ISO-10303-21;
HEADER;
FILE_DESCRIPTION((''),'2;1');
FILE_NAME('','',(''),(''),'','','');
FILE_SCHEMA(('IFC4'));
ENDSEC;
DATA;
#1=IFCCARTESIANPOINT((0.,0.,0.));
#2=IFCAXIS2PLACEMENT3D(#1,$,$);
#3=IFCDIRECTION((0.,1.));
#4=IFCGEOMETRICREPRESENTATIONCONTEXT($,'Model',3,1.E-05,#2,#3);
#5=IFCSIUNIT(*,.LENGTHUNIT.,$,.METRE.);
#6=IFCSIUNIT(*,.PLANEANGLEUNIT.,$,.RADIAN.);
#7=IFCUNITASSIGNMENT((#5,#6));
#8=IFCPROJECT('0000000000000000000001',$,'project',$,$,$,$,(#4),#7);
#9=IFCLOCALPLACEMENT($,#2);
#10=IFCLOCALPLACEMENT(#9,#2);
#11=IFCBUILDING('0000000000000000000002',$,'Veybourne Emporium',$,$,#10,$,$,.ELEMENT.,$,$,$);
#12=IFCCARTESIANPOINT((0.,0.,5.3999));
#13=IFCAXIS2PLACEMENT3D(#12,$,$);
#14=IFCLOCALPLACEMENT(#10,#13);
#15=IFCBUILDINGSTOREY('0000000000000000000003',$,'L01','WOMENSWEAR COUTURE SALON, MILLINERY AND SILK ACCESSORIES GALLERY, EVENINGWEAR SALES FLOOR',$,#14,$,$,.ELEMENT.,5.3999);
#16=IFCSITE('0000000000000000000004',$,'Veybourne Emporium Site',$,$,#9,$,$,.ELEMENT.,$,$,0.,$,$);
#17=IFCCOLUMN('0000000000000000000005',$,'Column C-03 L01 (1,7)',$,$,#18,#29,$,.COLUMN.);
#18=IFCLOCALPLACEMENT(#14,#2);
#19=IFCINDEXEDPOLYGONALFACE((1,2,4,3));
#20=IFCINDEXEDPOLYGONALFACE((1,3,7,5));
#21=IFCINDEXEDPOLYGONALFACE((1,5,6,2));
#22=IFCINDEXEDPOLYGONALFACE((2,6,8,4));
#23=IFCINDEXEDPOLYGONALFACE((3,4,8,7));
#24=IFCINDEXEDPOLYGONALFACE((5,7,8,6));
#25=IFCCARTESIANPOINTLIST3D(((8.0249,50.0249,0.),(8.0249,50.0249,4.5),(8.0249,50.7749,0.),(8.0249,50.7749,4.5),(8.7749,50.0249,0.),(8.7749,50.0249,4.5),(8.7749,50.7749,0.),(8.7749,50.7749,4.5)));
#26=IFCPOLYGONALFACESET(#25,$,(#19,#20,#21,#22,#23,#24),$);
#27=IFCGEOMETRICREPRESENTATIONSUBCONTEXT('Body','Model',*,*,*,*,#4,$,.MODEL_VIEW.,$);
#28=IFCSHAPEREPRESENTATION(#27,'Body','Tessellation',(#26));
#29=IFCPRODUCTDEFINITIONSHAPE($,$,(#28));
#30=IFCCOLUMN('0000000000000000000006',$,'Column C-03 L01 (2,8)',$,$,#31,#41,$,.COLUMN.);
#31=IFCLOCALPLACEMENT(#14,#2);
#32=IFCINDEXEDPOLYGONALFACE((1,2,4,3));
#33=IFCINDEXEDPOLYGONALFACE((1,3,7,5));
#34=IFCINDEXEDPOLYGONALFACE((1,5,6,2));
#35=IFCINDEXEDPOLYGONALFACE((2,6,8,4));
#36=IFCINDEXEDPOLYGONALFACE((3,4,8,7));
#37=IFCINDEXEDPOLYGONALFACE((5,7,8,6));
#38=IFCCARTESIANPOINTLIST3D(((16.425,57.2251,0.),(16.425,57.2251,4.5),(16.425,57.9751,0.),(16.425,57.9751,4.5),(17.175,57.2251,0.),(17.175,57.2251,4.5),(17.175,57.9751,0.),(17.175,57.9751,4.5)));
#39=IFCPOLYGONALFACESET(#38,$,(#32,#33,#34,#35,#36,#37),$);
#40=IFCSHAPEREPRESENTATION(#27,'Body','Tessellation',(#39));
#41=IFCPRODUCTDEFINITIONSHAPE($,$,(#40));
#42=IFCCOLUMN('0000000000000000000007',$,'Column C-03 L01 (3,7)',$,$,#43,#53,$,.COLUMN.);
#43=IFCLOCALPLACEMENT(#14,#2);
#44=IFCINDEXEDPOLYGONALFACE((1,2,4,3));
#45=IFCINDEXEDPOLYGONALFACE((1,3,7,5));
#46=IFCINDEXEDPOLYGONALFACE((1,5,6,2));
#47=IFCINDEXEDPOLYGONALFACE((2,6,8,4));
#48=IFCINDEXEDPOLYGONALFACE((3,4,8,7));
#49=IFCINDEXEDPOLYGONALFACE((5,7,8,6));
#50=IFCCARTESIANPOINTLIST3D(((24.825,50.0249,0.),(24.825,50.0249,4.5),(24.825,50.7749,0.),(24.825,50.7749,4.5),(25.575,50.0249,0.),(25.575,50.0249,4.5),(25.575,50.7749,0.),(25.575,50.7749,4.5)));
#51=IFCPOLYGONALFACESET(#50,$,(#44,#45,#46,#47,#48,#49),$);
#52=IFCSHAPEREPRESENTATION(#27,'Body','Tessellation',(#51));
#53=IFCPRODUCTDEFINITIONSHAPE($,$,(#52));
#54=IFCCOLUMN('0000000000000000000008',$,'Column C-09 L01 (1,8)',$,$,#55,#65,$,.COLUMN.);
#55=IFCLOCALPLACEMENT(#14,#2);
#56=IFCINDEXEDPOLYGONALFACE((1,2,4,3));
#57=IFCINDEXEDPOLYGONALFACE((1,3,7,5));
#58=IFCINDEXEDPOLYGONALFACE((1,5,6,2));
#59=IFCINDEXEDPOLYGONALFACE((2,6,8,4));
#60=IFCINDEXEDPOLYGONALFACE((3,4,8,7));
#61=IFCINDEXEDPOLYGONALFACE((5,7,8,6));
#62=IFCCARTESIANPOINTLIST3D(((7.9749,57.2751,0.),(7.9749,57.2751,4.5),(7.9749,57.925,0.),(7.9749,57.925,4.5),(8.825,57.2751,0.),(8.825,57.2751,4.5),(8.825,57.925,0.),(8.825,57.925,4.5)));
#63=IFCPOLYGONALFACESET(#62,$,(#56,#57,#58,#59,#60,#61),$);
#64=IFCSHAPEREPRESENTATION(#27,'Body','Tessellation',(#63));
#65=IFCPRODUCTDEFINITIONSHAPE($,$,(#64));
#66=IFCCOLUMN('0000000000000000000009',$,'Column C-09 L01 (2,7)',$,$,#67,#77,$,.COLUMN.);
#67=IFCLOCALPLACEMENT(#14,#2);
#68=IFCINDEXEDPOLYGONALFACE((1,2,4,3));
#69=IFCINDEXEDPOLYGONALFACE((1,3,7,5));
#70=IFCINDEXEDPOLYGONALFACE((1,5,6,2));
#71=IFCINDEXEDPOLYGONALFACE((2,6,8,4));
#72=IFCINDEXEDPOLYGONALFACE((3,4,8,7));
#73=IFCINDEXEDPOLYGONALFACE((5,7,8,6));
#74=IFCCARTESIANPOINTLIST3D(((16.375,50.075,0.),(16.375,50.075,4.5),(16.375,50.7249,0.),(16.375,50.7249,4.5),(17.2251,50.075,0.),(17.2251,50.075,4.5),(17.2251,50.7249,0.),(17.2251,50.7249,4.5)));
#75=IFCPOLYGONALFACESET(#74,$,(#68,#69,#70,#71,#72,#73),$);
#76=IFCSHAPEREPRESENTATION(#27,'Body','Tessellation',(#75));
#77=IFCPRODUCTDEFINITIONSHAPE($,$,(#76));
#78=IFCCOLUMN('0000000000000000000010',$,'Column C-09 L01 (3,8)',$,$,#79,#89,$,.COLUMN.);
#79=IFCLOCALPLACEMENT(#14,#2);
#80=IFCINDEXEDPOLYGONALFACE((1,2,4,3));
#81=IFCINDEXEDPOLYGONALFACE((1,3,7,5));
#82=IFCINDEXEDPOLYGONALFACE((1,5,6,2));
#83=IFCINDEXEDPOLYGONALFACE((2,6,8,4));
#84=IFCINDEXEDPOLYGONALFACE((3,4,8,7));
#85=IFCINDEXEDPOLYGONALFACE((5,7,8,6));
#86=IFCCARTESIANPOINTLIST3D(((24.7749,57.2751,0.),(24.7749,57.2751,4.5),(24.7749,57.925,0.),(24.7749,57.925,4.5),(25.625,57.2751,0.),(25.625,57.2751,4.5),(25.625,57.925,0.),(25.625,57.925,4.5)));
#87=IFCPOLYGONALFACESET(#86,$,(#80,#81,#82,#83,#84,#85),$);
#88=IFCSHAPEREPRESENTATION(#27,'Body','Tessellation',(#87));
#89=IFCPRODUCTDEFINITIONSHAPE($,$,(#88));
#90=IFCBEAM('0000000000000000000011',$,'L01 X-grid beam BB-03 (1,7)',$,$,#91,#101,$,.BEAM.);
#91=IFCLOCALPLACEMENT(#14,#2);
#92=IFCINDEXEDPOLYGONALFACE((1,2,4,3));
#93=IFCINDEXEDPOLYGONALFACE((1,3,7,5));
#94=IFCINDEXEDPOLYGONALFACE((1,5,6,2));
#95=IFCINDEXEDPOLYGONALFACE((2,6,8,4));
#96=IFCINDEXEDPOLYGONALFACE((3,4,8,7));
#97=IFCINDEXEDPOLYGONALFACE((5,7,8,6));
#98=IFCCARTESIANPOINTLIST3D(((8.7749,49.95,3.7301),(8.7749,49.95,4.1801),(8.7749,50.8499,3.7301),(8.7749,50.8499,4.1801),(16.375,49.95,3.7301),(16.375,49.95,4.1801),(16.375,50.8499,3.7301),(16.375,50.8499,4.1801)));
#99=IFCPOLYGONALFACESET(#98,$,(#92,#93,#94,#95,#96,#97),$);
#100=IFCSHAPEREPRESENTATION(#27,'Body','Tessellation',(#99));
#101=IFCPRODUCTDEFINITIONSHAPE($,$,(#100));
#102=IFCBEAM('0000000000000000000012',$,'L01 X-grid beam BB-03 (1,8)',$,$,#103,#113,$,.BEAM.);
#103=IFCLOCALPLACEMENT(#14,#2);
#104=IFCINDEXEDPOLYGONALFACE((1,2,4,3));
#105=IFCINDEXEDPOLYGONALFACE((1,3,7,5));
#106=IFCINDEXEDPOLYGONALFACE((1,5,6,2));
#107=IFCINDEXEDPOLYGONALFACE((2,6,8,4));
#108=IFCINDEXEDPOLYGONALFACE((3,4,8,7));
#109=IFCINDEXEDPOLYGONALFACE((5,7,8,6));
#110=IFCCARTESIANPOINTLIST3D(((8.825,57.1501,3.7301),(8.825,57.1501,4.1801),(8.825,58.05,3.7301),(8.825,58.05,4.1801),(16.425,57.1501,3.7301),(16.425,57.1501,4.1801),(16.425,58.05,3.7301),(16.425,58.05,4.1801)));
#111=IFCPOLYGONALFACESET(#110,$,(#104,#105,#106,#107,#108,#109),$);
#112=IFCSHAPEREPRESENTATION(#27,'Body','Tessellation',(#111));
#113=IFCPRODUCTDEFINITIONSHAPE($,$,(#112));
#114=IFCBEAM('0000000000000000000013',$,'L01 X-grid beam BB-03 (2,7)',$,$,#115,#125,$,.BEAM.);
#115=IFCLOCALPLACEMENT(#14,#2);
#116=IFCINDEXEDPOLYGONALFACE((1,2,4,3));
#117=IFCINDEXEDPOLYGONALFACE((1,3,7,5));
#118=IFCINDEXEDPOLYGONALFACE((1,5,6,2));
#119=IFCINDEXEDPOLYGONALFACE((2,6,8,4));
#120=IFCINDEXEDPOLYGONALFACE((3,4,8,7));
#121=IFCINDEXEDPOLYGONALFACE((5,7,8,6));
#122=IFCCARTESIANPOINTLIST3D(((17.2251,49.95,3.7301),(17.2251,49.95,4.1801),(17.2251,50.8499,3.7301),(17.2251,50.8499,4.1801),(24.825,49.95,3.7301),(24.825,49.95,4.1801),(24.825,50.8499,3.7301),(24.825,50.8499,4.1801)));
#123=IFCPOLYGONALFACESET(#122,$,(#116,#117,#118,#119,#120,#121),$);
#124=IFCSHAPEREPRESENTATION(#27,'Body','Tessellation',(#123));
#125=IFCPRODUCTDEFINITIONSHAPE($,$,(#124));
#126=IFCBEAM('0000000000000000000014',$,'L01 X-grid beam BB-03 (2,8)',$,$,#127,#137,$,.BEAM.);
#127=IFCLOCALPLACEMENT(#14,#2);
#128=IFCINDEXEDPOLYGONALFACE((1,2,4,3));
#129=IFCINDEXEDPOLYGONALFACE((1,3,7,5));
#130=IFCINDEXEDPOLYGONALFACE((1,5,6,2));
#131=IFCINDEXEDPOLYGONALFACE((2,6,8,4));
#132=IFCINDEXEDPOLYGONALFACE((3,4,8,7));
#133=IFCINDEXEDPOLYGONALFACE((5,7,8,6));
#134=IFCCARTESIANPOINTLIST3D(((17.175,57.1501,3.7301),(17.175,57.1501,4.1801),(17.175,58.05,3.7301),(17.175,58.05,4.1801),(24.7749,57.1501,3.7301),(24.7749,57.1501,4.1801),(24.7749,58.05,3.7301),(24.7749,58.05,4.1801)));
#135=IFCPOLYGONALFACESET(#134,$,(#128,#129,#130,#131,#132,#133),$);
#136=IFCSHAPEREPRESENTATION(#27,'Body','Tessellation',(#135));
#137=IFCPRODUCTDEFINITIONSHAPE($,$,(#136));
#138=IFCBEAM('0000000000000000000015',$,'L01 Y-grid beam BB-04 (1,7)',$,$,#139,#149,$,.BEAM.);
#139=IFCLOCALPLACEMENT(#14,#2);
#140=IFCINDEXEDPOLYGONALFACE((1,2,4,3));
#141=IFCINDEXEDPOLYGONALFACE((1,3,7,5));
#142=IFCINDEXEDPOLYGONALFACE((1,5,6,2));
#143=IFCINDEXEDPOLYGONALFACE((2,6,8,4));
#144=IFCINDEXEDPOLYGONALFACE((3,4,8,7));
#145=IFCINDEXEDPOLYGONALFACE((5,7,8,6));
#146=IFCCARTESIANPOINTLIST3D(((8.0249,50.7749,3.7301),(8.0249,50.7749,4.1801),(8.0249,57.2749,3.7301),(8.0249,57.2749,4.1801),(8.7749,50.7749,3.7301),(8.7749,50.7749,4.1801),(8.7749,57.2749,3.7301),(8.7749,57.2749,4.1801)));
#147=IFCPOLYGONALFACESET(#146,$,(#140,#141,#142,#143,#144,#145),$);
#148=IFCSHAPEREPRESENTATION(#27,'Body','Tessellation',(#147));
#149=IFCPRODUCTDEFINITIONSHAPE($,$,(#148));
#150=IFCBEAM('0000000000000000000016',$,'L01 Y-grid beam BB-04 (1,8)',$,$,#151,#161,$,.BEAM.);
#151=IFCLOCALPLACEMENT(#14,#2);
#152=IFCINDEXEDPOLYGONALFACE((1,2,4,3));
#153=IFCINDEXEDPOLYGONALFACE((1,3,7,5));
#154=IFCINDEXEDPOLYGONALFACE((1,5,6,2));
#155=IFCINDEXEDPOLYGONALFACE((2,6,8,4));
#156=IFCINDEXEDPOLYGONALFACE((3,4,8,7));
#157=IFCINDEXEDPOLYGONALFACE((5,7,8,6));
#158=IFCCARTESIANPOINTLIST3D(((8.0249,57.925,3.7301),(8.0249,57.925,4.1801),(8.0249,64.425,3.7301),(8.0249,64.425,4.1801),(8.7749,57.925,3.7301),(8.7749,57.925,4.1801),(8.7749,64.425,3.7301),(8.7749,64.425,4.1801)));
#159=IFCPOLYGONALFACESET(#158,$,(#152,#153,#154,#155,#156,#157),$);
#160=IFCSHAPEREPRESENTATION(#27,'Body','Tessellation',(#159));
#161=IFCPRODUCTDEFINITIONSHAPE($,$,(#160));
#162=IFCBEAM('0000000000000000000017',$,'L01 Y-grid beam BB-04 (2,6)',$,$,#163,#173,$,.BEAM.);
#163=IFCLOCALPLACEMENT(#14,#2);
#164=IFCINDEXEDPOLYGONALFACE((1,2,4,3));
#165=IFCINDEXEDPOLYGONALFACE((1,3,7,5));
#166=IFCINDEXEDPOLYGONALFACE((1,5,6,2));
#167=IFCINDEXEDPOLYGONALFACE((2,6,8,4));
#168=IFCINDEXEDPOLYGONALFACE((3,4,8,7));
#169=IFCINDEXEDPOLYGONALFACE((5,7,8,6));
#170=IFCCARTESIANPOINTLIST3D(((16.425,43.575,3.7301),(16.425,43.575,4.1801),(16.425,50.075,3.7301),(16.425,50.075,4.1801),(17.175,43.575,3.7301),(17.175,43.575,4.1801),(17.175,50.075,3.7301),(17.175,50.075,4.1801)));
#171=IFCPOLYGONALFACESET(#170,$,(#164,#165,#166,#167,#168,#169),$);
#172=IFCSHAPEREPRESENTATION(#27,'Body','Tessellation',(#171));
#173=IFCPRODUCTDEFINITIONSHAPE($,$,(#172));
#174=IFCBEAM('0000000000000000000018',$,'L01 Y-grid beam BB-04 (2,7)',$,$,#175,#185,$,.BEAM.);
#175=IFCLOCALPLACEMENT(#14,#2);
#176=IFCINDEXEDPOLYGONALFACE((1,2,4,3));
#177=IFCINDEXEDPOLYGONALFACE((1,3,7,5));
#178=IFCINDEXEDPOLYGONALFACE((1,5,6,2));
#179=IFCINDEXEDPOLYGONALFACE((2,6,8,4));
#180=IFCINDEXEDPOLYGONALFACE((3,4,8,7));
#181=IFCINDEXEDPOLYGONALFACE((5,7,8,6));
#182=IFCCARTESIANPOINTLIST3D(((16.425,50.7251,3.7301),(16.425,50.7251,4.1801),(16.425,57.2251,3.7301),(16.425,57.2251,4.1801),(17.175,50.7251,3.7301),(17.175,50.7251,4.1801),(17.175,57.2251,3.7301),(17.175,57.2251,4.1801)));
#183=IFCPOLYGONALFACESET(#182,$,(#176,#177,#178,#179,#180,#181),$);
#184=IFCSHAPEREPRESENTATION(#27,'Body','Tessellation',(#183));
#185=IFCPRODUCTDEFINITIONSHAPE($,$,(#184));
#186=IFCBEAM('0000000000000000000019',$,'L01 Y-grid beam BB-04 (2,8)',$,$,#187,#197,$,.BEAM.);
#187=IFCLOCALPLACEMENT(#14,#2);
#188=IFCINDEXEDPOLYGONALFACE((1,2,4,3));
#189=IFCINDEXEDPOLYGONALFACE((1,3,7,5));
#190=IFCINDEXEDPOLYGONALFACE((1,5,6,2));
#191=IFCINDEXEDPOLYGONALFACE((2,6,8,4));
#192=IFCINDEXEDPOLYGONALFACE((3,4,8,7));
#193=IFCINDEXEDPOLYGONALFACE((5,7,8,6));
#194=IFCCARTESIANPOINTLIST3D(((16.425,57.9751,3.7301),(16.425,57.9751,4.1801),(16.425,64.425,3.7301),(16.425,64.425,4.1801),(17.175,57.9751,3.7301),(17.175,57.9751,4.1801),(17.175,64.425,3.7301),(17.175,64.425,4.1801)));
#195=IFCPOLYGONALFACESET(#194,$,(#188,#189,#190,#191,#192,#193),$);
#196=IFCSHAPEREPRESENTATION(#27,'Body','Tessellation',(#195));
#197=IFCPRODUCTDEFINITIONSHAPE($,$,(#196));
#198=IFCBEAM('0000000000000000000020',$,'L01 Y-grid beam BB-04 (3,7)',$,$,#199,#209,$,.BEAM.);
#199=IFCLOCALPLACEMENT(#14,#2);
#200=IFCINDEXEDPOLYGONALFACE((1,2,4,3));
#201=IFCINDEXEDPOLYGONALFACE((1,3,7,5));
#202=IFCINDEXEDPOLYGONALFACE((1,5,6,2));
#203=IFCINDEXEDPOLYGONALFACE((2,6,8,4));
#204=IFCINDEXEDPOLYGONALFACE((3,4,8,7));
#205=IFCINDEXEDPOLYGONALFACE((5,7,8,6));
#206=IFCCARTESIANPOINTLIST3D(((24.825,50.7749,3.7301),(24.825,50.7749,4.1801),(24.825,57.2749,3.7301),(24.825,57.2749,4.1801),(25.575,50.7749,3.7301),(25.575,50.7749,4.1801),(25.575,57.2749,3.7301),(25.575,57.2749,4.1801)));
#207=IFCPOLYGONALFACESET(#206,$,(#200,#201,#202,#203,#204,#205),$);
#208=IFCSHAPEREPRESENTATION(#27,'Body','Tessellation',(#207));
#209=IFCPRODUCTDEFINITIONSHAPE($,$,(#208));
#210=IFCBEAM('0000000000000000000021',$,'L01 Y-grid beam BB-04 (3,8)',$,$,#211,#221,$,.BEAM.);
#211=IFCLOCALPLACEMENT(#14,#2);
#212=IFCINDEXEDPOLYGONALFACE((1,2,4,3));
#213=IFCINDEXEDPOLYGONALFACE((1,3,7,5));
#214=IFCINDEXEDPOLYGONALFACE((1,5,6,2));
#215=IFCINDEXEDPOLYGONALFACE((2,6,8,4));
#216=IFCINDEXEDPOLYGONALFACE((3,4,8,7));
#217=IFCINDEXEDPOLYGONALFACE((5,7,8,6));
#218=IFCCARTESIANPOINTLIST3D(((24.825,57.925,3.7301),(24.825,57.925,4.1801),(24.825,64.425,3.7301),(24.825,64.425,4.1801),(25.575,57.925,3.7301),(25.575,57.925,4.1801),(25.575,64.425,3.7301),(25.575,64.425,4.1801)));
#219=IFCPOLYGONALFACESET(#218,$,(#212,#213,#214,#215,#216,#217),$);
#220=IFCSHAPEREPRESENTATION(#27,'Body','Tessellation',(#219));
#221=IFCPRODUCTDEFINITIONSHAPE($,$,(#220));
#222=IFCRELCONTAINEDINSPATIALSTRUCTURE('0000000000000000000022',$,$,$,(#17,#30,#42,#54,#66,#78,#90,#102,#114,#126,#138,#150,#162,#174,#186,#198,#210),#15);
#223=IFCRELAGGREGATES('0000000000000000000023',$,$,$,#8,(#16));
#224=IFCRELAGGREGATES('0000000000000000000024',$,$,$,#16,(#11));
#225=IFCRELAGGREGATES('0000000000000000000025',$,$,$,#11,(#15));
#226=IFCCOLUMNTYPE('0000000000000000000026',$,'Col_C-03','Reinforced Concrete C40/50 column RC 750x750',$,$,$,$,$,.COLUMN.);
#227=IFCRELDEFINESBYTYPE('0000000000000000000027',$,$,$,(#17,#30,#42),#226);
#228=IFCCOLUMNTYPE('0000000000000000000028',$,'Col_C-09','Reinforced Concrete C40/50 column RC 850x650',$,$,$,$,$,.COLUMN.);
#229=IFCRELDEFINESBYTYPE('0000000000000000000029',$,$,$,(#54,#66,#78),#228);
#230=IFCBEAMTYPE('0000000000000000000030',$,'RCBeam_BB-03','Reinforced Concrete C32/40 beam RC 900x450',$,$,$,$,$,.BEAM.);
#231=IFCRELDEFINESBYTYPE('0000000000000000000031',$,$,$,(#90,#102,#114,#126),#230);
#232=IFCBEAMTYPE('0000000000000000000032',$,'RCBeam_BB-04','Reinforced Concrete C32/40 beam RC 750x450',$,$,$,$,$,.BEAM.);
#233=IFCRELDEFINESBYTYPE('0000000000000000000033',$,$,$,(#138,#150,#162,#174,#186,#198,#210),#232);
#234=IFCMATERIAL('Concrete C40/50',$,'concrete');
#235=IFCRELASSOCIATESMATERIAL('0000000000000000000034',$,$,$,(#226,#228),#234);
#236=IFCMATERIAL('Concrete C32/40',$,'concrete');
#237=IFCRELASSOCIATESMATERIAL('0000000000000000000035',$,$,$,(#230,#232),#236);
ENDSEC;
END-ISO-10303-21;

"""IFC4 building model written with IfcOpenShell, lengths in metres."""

from ifc_helpers import new_model, si_unit, direction, frame, origin, origin_2d, place, context, subcontext, project, spatial, rectangle, extrude, material, material_profile, profile_set, type_object, element, save


model = new_model("IFC4")

# Units and contexts
model_context = context("Model", 3, precision=1e-05, world=origin(), true_north=direction((0.0, 1.0)))
body_context = subcontext(model_context, "Body", "Model", "MODEL_VIEW")
ifc_project = project(units=[si_unit("LENGTHUNIT", "METRE"), si_unit("PLANEANGLEUNIT", "RADIAN")], contexts=[model_context])

# Site, building, storey
site_placement = place(None, origin())
site = spatial("IfcSite", under=ifc_project, at=site_placement, Name="Veybourne Emporium Site", CompositionType="ELEMENT", RefElevation=0.0)
building_placement = place(site_placement, origin())
building = spatial("IfcBuilding", under=site, at=building_placement, Name="Veybourne Emporium", CompositionType="ELEMENT")
storey_placement = place(building_placement, frame((0.0, 0.0, 5.3999)))
storey = spatial("IfcBuildingStorey", under=building, at=storey_placement, Name="L01", Description="WOMENSWEAR COUTURE SALON, MILLINERY AND SILK ACCESSORIES GALLERY, EVENINGWEAR SALES FLOOR", CompositionType="ELEMENT", Elevation=5.3999)

# Columns
ifc_material_1 = material(Name="Concrete C40/50", Category="concrete")
ifc_material_profile_1 = material_profile(ifc_material_1, rectangle(XDim=0.75, YDim=0.75, at=origin_2d()), Name="RC 750x750")
ifc_profile_set_1 = profile_set([ifc_material_profile_1], Name="Concrete C40/50")
column_type_1 = type_object("IfcColumnType", Name="Col_C-03", Description="Reinforced Concrete C40/50 column RC 750x750", PredefinedType="COLUMN", material=ifc_profile_set_1)
for number, where, z_axis, x_axis, name in (
    (1, (8.3999, 50.3999, 0.0), (0.0, 0.0, 1.0), (1.0, 0.0, 0.0), "Column C-03 L01 (1,7)"),
    (2, (16.8, 57.6001, 0.0), (0.0, 0.0, 1.0), (1.0, 0.0, 0.0), "Column C-03 L01 (2,8)"),
    (3, (25.2, 50.3999, 0.0), (0.0, 0.0, 1.0), (1.0, 0.0, 0.0), "Column C-03 L01 (3,7)"),
):
    element("IfcColumn", number, at=place(storey_placement, frame(where, z_axis=z_axis, x_axis=x_axis)), inside=storey, type_object=column_type_1, Name=name, PredefinedType="COLUMN", context=body_context, shape_type="SweptSolid", body=[
        extrude(rectangle(XDim=0.75, YDim=0.75, at=origin_2d()), origin(), (0.0, 0.0, 1.0), 4.5),
    ])
ifc_material_profile_2 = material_profile(ifc_material_1, rectangle(XDim=0.8501, YDim=0.6499, at=origin_2d()), Name="RC 850x650")
ifc_profile_set_2 = profile_set([ifc_material_profile_2], Name="Concrete C40/50")
column_type_2 = type_object("IfcColumnType", Name="Col_C-09", Description="Reinforced Concrete C40/50 column RC 850x650", PredefinedType="COLUMN", material=ifc_profile_set_2)
for number, where, z_axis, x_axis, name in (
    (4, (8.3999, 57.6001, 0.0), (0.0, 0.0, 1.0), (1.0, 0.0, 0.0), "Column C-09 L01 (1,8)"),
    (5, (16.8, 50.3999, 0.0), (0.0, 0.0, 1.0), (1.0, 0.0, 0.0), "Column C-09 L01 (2,7)"),
    (6, (25.2, 57.6001, 0.0), (0.0, 0.0, 1.0), (1.0, 0.0, 0.0), "Column C-09 L01 (3,8)"),
):
    element("IfcColumn", number, at=place(storey_placement, frame(where, z_axis=z_axis, x_axis=x_axis)), inside=storey, type_object=column_type_2, Name=name, PredefinedType="COLUMN", context=body_context, shape_type="SweptSolid", body=[
        extrude(rectangle(XDim=0.8501, YDim=0.6499, at=origin_2d()), origin(), (0.0, 0.0, 1.0), 4.5),
    ])

# Beams
ifc_material_2 = material(Name="Concrete C32/40", Category="concrete")
ifc_material_profile_3 = material_profile(ifc_material_2, rectangle(XDim=0.8999, YDim=0.45, at=origin_2d()), Name="RC 900x450")
ifc_profile_set_3 = profile_set([ifc_material_profile_3], Name="Concrete C32/40")
beam_type_1 = type_object("IfcBeamType", Name="RCBeam_BB-03", Description="Reinforced Concrete C32/40 beam RC 900x450", PredefinedType="BEAM", material=ifc_profile_set_3)
for number, where, z_axis, x_axis, name in (
    (7, (8.7749, 50.3999, 3.9551), (1.0, 0.0, 0.0), (0.0, 1.0, 0.0), "L01 X-grid beam BB-03 (1,7)"),
    (8, (8.825, 57.6001, 3.9551), (1.0, 0.0, 0.0), (0.0, 1.0, 0.0), "L01 X-grid beam BB-03 (1,8)"),
):
    element("IfcBeam", number, at=place(storey_placement, frame(where, z_axis=z_axis, x_axis=x_axis)), inside=storey, type_object=beam_type_1, Name=name, PredefinedType="BEAM", context=body_context, shape_type="SweptSolid", body=[
        extrude(rectangle(XDim=0.8999, YDim=0.45, at=origin_2d()), origin(), (0.0, 0.0, 1.0), 7.6001),
    ])
for number, where, z_axis, x_axis, name in (
    (9, (17.2251, 50.3999, 3.9551), (1.0, 0.0, 0.0), (0.0, 1.0, 0.0), "L01 X-grid beam BB-03 (2,7)"),
    (10, (17.175, 57.6001, 3.9551), (1.0, 0.0, 0.0), (0.0, 1.0, 0.0), "L01 X-grid beam BB-03 (2,8)"),
):
    element("IfcBeam", number, at=place(storey_placement, frame(where, z_axis=z_axis, x_axis=x_axis)), inside=storey, type_object=beam_type_1, Name=name, PredefinedType="BEAM", context=body_context, shape_type="SweptSolid", body=[
        extrude(rectangle(XDim=0.8999, YDim=0.45, at=origin_2d()), origin(), (0.0, 0.0, 1.0), 7.5999),
    ])
ifc_material_profile_4 = material_profile(ifc_material_2, rectangle(XDim=0.75, YDim=0.45, at=origin_2d()), Name="RC 750x450")
ifc_profile_set_4 = profile_set([ifc_material_profile_4], Name="Concrete C32/40")
beam_type_2 = type_object("IfcBeamType", Name="RCBeam_BB-04", Description="Reinforced Concrete C32/40 beam RC 750x450", PredefinedType="BEAM", material=ifc_profile_set_4)
for number, where, z_axis, x_axis, name in (
    (11, (8.3999, 50.7749, 3.9551), (0.0, 1.0, 0.0), (-1.0, 0.0, 0.0), "L01 Y-grid beam BB-04 (1,7)"),
    (12, (8.3999, 57.925, 3.9551), (0.0, 1.0, 0.0), (-1.0, 0.0, 0.0), "L01 Y-grid beam BB-04 (1,8)"),
    (13, (16.8, 43.575, 3.9551), (0.0, 1.0, 0.0), (-1.0, 0.0, 0.0), "L01 Y-grid beam BB-04 (2,6)"),
    (14, (16.8, 50.7251, 3.9551), (0.0, 1.0, 0.0), (-1.0, 0.0, 0.0), "L01 Y-grid beam BB-04 (2,7)"),
):
    element("IfcBeam", number, at=place(storey_placement, frame(where, z_axis=z_axis, x_axis=x_axis)), inside=storey, type_object=beam_type_2, Name=name, PredefinedType="BEAM", context=body_context, shape_type="SweptSolid", body=[
        extrude(rectangle(XDim=0.75, YDim=0.45, at=origin_2d()), origin(), (0.0, 0.0, 1.0), 6.5),
    ])
beam_placement = place(storey_placement, frame((16.8, 57.9751, 3.9551), z_axis=(0.0, 1.0, 0.0), x_axis=(-1.0, 0.0, 0.0)))
element("IfcBeam", 15, at=beam_placement, inside=storey, type_object=beam_type_2, Name="L01 Y-grid beam BB-04 (2,8)", PredefinedType="BEAM", context=body_context, shape_type="SweptSolid", body=[
    extrude(rectangle(XDim=0.75, YDim=0.45, at=origin_2d()), origin(), (0.0, 0.0, 1.0), 6.45),
])
for number, where, z_axis, x_axis, name in (
    (16, (25.2, 50.7749, 3.9551), (0.0, 1.0, 0.0), (-1.0, 0.0, 0.0), "L01 Y-grid beam BB-04 (3,7)"),
    (17, (25.2, 57.925, 3.9551), (0.0, 1.0, 0.0), (-1.0, 0.0, 0.0), "L01 Y-grid beam BB-04 (3,8)"),
):
    element("IfcBeam", number, at=place(storey_placement, frame(where, z_axis=z_axis, x_axis=x_axis)), inside=storey, type_object=beam_type_2, Name=name, PredefinedType="BEAM", context=body_context, shape_type="SweptSolid", body=[
        extrude(rectangle(XDim=0.75, YDim=0.45, at=origin_2d()), origin(), (0.0, 0.0, 1.0), 6.5),
    ])

save(model, "model.ifc")
